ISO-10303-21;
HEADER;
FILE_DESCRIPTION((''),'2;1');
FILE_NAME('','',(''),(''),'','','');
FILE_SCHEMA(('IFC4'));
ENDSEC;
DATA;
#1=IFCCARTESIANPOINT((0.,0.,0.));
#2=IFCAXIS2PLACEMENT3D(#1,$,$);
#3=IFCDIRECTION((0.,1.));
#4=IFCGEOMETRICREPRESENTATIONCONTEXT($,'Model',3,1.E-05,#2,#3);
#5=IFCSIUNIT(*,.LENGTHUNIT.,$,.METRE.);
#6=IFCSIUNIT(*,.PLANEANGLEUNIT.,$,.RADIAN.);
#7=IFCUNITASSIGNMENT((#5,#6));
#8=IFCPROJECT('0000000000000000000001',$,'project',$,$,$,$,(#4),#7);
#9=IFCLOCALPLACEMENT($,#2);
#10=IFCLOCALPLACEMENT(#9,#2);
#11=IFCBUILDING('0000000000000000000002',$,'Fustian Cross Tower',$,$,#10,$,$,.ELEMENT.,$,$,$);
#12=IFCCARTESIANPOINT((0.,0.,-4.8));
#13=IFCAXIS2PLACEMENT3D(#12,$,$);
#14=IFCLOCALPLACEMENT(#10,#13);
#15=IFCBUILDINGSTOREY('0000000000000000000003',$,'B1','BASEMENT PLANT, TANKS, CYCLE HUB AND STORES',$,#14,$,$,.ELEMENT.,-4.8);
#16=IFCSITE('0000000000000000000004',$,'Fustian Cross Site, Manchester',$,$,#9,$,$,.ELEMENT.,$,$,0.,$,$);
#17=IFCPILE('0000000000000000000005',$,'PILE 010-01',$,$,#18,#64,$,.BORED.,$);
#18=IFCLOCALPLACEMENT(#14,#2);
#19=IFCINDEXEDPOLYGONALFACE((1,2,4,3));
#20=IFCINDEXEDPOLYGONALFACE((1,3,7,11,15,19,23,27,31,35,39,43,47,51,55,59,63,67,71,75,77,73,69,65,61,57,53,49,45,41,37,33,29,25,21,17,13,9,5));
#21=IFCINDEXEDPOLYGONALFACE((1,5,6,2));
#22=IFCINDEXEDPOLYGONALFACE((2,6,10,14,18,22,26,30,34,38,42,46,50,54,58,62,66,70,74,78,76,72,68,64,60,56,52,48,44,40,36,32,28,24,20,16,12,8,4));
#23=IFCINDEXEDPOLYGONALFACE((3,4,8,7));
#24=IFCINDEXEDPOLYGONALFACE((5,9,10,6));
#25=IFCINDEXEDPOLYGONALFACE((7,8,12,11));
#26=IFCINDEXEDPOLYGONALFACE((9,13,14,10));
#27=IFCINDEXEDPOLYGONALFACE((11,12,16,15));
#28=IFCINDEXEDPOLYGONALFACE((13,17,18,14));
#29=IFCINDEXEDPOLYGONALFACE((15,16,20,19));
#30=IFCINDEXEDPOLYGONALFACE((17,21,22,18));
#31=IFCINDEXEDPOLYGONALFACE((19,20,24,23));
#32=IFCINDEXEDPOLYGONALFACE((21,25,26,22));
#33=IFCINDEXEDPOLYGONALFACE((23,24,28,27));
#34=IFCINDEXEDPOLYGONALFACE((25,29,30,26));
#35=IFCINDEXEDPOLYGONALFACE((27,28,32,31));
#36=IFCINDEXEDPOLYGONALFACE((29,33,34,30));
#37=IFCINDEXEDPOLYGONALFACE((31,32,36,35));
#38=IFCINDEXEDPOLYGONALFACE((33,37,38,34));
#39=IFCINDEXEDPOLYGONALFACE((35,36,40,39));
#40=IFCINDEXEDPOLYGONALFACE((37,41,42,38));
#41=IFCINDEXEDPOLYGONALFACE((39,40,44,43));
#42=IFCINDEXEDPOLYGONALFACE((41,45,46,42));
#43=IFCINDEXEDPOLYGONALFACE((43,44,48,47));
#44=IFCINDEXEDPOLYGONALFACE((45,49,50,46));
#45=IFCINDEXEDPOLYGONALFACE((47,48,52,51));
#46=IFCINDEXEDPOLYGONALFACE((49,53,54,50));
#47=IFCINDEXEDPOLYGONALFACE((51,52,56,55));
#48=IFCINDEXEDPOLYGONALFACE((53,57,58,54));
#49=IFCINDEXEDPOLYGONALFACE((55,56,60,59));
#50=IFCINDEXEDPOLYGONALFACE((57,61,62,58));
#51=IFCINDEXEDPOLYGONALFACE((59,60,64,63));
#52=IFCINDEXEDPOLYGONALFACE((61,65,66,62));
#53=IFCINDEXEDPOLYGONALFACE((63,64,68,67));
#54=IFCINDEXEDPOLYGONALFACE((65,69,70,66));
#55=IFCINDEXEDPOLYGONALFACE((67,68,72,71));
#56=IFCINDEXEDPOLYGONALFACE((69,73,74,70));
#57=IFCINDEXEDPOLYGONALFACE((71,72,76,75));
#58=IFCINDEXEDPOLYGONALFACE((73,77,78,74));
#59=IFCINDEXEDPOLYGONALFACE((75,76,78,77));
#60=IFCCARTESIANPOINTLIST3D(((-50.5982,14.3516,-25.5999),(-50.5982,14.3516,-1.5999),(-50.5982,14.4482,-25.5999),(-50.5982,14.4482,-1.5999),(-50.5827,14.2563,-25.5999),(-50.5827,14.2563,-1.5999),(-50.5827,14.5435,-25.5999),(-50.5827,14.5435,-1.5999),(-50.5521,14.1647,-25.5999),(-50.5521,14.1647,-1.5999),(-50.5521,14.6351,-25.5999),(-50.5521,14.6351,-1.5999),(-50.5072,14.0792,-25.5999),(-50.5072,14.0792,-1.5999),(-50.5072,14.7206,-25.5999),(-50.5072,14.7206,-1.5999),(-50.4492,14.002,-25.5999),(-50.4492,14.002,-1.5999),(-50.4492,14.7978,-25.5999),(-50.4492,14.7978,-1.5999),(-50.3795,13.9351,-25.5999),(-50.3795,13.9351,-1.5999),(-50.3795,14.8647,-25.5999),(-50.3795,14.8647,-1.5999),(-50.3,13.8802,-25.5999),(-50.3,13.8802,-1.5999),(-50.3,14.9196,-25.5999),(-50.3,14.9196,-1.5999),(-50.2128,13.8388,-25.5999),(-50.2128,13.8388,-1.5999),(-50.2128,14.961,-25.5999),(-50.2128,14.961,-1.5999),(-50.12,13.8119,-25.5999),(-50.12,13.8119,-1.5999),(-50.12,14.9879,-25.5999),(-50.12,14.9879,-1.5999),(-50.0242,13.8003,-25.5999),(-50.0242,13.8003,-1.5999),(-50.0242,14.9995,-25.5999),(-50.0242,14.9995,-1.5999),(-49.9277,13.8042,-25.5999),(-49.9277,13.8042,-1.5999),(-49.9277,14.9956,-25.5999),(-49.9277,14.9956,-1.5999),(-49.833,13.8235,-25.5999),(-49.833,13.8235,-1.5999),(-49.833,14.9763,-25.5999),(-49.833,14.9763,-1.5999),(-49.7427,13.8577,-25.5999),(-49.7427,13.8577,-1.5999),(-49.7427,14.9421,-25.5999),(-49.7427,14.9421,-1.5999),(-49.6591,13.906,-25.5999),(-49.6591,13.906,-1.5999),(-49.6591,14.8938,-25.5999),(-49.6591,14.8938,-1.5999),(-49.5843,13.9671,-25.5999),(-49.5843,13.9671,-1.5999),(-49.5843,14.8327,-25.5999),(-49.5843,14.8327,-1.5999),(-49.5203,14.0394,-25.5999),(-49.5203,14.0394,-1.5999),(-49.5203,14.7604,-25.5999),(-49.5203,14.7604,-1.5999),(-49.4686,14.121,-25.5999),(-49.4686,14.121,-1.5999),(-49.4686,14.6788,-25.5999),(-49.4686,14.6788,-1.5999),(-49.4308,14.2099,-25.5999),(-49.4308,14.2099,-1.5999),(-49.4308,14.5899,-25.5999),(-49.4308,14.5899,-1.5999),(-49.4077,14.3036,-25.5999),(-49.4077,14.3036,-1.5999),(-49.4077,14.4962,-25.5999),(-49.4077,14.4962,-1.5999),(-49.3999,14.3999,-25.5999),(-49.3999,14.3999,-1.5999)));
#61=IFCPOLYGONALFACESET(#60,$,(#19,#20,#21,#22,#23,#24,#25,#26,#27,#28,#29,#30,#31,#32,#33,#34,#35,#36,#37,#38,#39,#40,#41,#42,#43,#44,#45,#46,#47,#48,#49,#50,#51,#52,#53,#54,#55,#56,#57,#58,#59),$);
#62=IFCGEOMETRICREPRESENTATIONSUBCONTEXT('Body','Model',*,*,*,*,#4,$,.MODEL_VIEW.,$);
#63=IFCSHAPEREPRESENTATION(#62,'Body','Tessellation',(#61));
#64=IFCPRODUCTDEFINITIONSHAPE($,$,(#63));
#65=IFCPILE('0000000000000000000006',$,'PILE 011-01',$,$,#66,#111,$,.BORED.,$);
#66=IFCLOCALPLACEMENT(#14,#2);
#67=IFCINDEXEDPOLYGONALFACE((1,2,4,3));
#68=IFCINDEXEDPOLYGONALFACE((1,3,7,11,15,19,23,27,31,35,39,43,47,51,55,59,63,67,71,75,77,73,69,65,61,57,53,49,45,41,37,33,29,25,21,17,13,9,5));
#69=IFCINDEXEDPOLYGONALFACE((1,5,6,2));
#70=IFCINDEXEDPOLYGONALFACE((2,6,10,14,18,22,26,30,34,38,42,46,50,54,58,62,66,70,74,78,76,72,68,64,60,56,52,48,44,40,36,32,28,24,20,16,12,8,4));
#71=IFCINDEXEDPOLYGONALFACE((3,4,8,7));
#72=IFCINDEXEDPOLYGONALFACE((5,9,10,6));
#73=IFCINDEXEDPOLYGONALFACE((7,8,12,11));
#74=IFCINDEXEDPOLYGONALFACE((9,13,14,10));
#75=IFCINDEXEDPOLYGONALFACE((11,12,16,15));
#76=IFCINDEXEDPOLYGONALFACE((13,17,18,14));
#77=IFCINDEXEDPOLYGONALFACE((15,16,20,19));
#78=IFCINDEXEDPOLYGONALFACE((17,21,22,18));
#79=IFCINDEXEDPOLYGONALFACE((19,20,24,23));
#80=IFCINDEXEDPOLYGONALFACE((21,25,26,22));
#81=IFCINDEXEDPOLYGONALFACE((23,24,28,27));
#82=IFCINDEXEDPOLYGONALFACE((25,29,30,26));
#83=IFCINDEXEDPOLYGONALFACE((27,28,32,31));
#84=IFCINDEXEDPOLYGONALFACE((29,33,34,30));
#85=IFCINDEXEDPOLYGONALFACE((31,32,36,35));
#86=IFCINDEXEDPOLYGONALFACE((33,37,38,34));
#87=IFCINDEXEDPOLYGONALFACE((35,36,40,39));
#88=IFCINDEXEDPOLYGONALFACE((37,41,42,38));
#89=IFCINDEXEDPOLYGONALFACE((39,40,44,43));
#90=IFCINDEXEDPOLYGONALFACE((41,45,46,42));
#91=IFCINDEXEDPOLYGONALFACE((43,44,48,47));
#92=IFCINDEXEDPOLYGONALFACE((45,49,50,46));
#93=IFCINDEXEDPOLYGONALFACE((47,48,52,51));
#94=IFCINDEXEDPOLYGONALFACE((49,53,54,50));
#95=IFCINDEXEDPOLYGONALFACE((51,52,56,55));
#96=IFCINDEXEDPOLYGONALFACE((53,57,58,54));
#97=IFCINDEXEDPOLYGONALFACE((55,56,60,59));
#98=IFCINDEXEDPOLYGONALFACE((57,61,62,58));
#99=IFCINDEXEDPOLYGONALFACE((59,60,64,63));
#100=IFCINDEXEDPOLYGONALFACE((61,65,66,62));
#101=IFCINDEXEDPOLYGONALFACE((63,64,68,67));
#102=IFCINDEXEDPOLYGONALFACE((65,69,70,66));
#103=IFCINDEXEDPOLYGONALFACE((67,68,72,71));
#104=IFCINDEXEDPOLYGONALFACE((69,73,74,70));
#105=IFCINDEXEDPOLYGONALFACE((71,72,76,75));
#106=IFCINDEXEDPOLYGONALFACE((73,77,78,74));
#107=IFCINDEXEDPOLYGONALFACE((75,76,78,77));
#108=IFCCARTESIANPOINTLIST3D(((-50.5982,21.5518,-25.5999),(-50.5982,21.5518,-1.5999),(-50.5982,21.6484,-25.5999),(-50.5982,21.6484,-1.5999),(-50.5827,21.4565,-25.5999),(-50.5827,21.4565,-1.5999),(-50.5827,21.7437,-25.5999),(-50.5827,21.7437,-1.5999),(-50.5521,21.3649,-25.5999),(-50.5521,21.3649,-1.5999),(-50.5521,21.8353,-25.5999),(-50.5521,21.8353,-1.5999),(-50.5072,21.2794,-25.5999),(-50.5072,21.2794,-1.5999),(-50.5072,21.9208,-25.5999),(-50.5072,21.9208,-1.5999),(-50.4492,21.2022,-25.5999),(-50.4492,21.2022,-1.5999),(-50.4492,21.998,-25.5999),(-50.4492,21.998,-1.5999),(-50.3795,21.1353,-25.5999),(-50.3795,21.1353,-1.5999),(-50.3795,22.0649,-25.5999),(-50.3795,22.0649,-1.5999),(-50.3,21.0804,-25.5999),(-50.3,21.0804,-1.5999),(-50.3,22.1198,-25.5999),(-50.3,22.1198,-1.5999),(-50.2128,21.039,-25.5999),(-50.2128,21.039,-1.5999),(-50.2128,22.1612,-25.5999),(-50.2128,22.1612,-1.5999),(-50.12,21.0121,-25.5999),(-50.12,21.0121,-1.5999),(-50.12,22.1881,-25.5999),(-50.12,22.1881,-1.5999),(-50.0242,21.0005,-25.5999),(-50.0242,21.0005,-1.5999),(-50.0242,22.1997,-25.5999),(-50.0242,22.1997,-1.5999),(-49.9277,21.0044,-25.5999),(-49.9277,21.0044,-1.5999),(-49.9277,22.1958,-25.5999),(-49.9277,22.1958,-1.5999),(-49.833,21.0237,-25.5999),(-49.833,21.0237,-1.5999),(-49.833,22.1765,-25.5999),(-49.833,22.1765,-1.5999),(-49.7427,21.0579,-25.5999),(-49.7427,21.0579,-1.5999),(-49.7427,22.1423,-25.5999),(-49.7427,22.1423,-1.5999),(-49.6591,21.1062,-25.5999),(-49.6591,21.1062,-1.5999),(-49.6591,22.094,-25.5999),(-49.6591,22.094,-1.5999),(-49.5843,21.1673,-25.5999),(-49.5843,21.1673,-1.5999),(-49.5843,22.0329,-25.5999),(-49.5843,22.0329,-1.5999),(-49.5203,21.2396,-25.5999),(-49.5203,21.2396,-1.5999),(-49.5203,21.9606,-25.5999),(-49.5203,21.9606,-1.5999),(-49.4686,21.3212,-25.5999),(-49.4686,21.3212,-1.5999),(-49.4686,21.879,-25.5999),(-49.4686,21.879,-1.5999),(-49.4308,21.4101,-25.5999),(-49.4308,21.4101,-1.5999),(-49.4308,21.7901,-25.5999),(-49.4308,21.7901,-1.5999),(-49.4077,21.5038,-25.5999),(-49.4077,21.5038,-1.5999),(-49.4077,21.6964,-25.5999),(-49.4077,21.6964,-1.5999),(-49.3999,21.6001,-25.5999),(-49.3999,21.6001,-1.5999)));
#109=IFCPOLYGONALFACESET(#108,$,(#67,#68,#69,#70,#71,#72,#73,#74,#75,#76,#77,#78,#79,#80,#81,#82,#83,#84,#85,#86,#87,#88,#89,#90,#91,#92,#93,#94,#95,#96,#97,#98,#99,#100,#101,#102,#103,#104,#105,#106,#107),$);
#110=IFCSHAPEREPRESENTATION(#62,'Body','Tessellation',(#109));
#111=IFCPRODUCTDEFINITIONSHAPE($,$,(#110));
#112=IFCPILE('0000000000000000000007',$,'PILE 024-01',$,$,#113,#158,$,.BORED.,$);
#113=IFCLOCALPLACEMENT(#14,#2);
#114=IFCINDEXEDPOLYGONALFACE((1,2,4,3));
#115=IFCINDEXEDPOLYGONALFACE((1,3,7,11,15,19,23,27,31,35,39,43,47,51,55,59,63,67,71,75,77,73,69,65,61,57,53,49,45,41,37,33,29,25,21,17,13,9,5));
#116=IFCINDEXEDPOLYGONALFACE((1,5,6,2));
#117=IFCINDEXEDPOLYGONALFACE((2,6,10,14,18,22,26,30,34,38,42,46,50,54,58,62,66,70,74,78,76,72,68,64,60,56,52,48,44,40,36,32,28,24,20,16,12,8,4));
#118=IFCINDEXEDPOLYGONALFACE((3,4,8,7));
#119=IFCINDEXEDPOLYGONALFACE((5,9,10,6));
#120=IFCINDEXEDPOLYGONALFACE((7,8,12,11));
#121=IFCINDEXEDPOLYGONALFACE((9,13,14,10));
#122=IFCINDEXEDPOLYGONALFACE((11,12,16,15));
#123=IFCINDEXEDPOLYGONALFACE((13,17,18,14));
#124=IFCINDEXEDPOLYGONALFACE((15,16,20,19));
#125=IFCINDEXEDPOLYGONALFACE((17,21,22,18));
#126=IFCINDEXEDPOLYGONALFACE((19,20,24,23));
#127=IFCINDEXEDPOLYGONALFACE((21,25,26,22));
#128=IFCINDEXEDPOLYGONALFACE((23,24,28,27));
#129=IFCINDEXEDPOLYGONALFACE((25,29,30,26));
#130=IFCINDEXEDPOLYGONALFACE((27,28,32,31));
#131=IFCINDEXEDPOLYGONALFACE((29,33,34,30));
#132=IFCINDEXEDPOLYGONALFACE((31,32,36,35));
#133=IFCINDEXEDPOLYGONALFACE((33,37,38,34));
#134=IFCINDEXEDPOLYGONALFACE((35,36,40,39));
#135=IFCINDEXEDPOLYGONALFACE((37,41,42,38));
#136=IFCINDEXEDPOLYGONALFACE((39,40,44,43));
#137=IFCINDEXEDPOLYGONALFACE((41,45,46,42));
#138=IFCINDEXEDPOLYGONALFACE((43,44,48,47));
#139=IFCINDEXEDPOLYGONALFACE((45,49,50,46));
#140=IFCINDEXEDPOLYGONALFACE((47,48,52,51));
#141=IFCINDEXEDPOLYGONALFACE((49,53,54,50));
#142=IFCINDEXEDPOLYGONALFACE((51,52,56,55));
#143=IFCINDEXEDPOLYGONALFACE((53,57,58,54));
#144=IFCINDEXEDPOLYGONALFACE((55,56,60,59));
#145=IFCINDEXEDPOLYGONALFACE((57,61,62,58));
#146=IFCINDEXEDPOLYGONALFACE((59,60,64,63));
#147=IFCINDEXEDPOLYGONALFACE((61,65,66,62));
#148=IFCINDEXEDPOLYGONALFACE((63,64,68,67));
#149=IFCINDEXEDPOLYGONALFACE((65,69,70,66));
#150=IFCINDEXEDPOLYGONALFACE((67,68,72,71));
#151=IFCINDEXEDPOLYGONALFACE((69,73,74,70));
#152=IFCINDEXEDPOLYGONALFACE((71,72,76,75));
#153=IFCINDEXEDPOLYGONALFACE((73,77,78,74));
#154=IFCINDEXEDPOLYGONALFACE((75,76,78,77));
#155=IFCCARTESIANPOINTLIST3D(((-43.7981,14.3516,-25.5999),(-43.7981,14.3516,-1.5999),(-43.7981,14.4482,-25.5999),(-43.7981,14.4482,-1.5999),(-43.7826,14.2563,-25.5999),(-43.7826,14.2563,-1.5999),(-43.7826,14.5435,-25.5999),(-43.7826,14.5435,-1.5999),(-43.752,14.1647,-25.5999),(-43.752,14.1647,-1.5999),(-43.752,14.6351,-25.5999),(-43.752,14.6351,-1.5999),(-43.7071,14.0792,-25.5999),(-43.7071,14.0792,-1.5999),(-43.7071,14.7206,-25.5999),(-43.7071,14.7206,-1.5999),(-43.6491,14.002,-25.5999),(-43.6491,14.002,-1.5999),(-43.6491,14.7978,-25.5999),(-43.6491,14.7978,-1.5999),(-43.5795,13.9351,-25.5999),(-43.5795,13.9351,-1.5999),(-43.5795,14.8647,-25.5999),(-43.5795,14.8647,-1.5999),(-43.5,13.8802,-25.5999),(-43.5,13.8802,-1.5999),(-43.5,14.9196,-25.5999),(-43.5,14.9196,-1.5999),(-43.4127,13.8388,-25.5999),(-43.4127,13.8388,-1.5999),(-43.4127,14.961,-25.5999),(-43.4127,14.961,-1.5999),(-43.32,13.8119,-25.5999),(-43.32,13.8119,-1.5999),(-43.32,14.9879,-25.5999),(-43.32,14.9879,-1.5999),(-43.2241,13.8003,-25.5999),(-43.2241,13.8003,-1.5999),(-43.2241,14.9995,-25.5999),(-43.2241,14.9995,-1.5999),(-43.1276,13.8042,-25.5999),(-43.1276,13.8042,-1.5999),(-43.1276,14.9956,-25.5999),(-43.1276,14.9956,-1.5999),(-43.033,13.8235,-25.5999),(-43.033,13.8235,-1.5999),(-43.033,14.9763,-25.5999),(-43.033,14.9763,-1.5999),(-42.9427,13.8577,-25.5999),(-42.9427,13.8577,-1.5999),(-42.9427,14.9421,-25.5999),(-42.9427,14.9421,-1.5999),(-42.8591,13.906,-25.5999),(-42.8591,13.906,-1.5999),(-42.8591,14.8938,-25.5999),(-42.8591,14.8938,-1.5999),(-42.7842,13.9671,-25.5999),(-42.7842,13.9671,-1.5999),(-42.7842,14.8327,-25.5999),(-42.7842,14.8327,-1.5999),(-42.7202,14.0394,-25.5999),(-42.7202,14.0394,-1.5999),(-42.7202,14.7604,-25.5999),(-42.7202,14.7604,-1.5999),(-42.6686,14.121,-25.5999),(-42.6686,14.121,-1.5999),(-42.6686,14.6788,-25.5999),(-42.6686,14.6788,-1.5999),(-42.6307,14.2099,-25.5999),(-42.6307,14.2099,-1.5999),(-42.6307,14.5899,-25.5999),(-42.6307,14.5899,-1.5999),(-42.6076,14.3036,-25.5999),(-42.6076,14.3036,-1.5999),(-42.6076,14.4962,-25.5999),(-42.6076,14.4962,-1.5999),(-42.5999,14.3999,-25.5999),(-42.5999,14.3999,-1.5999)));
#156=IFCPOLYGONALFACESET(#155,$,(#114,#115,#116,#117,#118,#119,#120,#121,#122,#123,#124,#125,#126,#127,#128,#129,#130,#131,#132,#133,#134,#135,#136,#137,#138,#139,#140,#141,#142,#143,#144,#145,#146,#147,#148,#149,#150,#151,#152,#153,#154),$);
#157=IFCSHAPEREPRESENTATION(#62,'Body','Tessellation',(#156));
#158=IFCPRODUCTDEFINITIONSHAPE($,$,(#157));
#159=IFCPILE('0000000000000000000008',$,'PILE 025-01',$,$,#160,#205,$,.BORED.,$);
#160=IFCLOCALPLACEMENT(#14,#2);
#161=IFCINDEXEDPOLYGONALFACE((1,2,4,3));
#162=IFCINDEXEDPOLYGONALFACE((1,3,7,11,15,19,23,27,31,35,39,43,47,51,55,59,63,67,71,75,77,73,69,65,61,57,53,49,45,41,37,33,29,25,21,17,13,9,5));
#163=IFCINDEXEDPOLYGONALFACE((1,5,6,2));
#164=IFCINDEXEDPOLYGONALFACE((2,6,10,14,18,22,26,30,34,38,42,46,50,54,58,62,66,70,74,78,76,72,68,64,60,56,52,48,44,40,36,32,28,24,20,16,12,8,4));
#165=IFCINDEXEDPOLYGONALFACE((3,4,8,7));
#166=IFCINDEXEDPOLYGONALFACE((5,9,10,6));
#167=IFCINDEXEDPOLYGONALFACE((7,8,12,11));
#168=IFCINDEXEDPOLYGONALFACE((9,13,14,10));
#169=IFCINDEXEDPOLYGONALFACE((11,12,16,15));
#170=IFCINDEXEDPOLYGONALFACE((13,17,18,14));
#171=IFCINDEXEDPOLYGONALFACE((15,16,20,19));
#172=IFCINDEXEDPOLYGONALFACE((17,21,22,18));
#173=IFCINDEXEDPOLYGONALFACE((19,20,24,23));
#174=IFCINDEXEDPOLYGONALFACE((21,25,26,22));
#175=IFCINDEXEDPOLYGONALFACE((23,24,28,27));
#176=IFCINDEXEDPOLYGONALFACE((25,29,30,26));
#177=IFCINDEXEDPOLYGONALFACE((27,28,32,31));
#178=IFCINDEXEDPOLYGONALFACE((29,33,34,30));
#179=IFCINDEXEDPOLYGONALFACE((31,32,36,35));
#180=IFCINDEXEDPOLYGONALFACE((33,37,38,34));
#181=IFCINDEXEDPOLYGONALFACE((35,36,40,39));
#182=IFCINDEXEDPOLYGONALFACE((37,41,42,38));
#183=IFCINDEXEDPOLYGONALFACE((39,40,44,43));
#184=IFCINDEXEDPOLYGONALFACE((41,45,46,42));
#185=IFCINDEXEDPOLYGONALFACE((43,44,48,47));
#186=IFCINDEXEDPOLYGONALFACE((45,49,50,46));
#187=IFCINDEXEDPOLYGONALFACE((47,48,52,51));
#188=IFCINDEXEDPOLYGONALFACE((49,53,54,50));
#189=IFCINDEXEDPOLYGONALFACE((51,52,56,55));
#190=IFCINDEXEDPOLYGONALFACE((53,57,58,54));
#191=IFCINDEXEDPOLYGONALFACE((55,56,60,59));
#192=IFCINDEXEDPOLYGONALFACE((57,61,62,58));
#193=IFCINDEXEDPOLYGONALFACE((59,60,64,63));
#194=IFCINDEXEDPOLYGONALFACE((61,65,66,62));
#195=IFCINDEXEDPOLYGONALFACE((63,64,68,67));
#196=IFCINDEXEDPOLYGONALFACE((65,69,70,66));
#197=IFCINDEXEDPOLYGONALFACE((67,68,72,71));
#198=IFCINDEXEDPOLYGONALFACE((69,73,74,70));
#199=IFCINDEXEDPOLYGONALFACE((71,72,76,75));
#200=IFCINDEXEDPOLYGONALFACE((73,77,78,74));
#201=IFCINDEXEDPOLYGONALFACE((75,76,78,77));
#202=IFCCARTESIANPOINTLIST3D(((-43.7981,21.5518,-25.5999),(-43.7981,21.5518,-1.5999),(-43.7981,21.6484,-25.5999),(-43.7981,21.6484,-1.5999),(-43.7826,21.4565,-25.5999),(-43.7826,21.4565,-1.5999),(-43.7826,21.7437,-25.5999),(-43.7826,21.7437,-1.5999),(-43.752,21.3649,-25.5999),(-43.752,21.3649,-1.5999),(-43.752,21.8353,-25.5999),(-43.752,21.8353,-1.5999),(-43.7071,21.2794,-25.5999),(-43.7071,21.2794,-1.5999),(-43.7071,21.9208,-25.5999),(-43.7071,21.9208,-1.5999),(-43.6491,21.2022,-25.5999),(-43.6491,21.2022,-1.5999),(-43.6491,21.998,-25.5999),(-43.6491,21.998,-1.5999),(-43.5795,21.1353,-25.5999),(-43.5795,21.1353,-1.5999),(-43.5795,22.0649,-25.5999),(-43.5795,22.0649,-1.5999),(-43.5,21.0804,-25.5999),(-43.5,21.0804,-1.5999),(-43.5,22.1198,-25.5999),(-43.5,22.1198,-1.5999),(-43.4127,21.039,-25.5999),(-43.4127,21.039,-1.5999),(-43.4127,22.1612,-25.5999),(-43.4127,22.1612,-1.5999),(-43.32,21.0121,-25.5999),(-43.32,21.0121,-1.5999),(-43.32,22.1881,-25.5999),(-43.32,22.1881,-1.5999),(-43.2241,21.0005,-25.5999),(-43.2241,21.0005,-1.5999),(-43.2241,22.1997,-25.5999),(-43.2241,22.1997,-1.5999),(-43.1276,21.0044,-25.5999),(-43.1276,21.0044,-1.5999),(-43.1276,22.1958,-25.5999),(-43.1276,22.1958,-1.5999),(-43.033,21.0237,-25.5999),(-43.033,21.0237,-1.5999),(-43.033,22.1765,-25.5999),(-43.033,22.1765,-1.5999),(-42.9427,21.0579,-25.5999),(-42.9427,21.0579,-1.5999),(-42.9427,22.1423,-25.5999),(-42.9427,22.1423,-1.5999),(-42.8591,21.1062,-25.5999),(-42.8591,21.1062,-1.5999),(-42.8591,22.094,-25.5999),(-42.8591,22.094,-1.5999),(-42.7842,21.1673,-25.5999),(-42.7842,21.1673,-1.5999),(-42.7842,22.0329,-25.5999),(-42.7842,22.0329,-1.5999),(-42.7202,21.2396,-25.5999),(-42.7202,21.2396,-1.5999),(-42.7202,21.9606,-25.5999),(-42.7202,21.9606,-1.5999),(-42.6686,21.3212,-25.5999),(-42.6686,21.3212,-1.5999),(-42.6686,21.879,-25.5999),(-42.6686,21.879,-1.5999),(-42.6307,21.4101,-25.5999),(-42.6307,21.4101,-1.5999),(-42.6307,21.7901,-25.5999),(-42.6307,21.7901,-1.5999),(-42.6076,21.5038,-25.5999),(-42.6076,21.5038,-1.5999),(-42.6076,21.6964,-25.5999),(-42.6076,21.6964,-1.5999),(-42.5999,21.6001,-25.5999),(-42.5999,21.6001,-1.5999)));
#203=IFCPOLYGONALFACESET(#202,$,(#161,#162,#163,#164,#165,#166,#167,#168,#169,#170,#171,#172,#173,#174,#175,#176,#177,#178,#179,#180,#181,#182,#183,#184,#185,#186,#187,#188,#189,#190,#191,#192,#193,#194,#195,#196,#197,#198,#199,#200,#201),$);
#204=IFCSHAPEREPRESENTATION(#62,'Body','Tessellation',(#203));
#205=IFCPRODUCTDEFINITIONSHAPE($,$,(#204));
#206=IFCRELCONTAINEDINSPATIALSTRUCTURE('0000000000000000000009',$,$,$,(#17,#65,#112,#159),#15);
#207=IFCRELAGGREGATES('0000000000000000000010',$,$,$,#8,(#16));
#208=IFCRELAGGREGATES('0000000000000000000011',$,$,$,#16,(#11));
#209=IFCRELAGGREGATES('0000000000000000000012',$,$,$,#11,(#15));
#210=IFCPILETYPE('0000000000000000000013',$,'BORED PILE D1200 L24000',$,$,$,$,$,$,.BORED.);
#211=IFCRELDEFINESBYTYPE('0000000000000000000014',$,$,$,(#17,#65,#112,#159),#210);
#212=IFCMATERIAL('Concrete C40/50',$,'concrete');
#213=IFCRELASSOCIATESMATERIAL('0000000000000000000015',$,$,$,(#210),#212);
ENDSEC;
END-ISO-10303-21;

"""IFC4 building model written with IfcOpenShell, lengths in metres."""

from ifc_helpers import new_model, si_unit, direction, frame, origin, origin_2d, place, context, subcontext, project, spatial, circle, extrude, material, material_profile, profile_set, type_object, element, save


model = new_model("IFC4")

# Units and contexts
model_context = context("Model", 3, precision=1e-05, world=origin(), true_north=direction((0.0, 1.0)))
body_context = subcontext(model_context, "Body", "Model", "MODEL_VIEW")
ifc_project = project(units=[si_unit("LENGTHUNIT", "METRE"), si_unit("PLANEANGLEUNIT", "RADIAN")], contexts=[model_context])

# Site, building, storey
site_placement = place(None, origin())
site = spatial("IfcSite", under=ifc_project, at=site_placement, Name="Fustian Cross Site, Manchester", CompositionType="ELEMENT", RefElevation=0.0)
building_placement = place(site_placement, origin())
building = spatial("IfcBuilding", under=site, at=building_placement, Name="Fustian Cross Tower", CompositionType="ELEMENT")
storey_placement = place(building_placement, frame((0.0, 0.0, -4.8)))
storey = spatial("IfcBuildingStorey", under=building, at=storey_placement, Name="B1", Description="BASEMENT PLANT, TANKS, CYCLE HUB AND STORES", CompositionType="ELEMENT", Elevation=-4.8)

# Piles
ifc_material_1 = material(Name="Concrete C40/50", Category="concrete")
ifc_material_profile_1 = material_profile(ifc_material_1, circle(Radius=0.6001, at=origin_2d()), Name="BORED PILE D1200 L24000")
ifc_profile_set_1 = profile_set([ifc_material_profile_1], Name="Concrete C40/50")
pile_type_1 = type_object("IfcPileType", Name="BORED PILE D1200 L24000", PredefinedType="BORED", material=ifc_profile_set_1)
for number, where, z_axis, x_axis, name in (
    (1, (-50.0, 14.3999, -1.5999), (0.0, 0.0, -1.0), (1.0, 0.0, 0.0), "PILE 010-01"),
    (2, (-50.0, 21.6001, -1.5999), (0.0, 0.0, -1.0), (1.0, 0.0, 0.0), "PILE 011-01"),
    (3, (-43.2, 14.3999, -1.5999), (0.0, 0.0, -1.0), (1.0, 0.0, 0.0), "PILE 024-01"),
    (4, (-43.2, 21.6001, -1.5999), (0.0, 0.0, -1.0), (1.0, 0.0, 0.0), "PILE 025-01"),
):
    element("IfcPile", number, at=place(storey_placement, frame(where, z_axis=z_axis, x_axis=x_axis)), inside=storey, type_object=pile_type_1, Name=name, PredefinedType="BORED", context=body_context, shape_type="SweptSolid", body=[
        extrude(circle(Radius=0.6001, at=origin_2d()), origin(), (0.0, 0.0, 1.0), 24.0),
    ])

save(model, "model.ifc")
